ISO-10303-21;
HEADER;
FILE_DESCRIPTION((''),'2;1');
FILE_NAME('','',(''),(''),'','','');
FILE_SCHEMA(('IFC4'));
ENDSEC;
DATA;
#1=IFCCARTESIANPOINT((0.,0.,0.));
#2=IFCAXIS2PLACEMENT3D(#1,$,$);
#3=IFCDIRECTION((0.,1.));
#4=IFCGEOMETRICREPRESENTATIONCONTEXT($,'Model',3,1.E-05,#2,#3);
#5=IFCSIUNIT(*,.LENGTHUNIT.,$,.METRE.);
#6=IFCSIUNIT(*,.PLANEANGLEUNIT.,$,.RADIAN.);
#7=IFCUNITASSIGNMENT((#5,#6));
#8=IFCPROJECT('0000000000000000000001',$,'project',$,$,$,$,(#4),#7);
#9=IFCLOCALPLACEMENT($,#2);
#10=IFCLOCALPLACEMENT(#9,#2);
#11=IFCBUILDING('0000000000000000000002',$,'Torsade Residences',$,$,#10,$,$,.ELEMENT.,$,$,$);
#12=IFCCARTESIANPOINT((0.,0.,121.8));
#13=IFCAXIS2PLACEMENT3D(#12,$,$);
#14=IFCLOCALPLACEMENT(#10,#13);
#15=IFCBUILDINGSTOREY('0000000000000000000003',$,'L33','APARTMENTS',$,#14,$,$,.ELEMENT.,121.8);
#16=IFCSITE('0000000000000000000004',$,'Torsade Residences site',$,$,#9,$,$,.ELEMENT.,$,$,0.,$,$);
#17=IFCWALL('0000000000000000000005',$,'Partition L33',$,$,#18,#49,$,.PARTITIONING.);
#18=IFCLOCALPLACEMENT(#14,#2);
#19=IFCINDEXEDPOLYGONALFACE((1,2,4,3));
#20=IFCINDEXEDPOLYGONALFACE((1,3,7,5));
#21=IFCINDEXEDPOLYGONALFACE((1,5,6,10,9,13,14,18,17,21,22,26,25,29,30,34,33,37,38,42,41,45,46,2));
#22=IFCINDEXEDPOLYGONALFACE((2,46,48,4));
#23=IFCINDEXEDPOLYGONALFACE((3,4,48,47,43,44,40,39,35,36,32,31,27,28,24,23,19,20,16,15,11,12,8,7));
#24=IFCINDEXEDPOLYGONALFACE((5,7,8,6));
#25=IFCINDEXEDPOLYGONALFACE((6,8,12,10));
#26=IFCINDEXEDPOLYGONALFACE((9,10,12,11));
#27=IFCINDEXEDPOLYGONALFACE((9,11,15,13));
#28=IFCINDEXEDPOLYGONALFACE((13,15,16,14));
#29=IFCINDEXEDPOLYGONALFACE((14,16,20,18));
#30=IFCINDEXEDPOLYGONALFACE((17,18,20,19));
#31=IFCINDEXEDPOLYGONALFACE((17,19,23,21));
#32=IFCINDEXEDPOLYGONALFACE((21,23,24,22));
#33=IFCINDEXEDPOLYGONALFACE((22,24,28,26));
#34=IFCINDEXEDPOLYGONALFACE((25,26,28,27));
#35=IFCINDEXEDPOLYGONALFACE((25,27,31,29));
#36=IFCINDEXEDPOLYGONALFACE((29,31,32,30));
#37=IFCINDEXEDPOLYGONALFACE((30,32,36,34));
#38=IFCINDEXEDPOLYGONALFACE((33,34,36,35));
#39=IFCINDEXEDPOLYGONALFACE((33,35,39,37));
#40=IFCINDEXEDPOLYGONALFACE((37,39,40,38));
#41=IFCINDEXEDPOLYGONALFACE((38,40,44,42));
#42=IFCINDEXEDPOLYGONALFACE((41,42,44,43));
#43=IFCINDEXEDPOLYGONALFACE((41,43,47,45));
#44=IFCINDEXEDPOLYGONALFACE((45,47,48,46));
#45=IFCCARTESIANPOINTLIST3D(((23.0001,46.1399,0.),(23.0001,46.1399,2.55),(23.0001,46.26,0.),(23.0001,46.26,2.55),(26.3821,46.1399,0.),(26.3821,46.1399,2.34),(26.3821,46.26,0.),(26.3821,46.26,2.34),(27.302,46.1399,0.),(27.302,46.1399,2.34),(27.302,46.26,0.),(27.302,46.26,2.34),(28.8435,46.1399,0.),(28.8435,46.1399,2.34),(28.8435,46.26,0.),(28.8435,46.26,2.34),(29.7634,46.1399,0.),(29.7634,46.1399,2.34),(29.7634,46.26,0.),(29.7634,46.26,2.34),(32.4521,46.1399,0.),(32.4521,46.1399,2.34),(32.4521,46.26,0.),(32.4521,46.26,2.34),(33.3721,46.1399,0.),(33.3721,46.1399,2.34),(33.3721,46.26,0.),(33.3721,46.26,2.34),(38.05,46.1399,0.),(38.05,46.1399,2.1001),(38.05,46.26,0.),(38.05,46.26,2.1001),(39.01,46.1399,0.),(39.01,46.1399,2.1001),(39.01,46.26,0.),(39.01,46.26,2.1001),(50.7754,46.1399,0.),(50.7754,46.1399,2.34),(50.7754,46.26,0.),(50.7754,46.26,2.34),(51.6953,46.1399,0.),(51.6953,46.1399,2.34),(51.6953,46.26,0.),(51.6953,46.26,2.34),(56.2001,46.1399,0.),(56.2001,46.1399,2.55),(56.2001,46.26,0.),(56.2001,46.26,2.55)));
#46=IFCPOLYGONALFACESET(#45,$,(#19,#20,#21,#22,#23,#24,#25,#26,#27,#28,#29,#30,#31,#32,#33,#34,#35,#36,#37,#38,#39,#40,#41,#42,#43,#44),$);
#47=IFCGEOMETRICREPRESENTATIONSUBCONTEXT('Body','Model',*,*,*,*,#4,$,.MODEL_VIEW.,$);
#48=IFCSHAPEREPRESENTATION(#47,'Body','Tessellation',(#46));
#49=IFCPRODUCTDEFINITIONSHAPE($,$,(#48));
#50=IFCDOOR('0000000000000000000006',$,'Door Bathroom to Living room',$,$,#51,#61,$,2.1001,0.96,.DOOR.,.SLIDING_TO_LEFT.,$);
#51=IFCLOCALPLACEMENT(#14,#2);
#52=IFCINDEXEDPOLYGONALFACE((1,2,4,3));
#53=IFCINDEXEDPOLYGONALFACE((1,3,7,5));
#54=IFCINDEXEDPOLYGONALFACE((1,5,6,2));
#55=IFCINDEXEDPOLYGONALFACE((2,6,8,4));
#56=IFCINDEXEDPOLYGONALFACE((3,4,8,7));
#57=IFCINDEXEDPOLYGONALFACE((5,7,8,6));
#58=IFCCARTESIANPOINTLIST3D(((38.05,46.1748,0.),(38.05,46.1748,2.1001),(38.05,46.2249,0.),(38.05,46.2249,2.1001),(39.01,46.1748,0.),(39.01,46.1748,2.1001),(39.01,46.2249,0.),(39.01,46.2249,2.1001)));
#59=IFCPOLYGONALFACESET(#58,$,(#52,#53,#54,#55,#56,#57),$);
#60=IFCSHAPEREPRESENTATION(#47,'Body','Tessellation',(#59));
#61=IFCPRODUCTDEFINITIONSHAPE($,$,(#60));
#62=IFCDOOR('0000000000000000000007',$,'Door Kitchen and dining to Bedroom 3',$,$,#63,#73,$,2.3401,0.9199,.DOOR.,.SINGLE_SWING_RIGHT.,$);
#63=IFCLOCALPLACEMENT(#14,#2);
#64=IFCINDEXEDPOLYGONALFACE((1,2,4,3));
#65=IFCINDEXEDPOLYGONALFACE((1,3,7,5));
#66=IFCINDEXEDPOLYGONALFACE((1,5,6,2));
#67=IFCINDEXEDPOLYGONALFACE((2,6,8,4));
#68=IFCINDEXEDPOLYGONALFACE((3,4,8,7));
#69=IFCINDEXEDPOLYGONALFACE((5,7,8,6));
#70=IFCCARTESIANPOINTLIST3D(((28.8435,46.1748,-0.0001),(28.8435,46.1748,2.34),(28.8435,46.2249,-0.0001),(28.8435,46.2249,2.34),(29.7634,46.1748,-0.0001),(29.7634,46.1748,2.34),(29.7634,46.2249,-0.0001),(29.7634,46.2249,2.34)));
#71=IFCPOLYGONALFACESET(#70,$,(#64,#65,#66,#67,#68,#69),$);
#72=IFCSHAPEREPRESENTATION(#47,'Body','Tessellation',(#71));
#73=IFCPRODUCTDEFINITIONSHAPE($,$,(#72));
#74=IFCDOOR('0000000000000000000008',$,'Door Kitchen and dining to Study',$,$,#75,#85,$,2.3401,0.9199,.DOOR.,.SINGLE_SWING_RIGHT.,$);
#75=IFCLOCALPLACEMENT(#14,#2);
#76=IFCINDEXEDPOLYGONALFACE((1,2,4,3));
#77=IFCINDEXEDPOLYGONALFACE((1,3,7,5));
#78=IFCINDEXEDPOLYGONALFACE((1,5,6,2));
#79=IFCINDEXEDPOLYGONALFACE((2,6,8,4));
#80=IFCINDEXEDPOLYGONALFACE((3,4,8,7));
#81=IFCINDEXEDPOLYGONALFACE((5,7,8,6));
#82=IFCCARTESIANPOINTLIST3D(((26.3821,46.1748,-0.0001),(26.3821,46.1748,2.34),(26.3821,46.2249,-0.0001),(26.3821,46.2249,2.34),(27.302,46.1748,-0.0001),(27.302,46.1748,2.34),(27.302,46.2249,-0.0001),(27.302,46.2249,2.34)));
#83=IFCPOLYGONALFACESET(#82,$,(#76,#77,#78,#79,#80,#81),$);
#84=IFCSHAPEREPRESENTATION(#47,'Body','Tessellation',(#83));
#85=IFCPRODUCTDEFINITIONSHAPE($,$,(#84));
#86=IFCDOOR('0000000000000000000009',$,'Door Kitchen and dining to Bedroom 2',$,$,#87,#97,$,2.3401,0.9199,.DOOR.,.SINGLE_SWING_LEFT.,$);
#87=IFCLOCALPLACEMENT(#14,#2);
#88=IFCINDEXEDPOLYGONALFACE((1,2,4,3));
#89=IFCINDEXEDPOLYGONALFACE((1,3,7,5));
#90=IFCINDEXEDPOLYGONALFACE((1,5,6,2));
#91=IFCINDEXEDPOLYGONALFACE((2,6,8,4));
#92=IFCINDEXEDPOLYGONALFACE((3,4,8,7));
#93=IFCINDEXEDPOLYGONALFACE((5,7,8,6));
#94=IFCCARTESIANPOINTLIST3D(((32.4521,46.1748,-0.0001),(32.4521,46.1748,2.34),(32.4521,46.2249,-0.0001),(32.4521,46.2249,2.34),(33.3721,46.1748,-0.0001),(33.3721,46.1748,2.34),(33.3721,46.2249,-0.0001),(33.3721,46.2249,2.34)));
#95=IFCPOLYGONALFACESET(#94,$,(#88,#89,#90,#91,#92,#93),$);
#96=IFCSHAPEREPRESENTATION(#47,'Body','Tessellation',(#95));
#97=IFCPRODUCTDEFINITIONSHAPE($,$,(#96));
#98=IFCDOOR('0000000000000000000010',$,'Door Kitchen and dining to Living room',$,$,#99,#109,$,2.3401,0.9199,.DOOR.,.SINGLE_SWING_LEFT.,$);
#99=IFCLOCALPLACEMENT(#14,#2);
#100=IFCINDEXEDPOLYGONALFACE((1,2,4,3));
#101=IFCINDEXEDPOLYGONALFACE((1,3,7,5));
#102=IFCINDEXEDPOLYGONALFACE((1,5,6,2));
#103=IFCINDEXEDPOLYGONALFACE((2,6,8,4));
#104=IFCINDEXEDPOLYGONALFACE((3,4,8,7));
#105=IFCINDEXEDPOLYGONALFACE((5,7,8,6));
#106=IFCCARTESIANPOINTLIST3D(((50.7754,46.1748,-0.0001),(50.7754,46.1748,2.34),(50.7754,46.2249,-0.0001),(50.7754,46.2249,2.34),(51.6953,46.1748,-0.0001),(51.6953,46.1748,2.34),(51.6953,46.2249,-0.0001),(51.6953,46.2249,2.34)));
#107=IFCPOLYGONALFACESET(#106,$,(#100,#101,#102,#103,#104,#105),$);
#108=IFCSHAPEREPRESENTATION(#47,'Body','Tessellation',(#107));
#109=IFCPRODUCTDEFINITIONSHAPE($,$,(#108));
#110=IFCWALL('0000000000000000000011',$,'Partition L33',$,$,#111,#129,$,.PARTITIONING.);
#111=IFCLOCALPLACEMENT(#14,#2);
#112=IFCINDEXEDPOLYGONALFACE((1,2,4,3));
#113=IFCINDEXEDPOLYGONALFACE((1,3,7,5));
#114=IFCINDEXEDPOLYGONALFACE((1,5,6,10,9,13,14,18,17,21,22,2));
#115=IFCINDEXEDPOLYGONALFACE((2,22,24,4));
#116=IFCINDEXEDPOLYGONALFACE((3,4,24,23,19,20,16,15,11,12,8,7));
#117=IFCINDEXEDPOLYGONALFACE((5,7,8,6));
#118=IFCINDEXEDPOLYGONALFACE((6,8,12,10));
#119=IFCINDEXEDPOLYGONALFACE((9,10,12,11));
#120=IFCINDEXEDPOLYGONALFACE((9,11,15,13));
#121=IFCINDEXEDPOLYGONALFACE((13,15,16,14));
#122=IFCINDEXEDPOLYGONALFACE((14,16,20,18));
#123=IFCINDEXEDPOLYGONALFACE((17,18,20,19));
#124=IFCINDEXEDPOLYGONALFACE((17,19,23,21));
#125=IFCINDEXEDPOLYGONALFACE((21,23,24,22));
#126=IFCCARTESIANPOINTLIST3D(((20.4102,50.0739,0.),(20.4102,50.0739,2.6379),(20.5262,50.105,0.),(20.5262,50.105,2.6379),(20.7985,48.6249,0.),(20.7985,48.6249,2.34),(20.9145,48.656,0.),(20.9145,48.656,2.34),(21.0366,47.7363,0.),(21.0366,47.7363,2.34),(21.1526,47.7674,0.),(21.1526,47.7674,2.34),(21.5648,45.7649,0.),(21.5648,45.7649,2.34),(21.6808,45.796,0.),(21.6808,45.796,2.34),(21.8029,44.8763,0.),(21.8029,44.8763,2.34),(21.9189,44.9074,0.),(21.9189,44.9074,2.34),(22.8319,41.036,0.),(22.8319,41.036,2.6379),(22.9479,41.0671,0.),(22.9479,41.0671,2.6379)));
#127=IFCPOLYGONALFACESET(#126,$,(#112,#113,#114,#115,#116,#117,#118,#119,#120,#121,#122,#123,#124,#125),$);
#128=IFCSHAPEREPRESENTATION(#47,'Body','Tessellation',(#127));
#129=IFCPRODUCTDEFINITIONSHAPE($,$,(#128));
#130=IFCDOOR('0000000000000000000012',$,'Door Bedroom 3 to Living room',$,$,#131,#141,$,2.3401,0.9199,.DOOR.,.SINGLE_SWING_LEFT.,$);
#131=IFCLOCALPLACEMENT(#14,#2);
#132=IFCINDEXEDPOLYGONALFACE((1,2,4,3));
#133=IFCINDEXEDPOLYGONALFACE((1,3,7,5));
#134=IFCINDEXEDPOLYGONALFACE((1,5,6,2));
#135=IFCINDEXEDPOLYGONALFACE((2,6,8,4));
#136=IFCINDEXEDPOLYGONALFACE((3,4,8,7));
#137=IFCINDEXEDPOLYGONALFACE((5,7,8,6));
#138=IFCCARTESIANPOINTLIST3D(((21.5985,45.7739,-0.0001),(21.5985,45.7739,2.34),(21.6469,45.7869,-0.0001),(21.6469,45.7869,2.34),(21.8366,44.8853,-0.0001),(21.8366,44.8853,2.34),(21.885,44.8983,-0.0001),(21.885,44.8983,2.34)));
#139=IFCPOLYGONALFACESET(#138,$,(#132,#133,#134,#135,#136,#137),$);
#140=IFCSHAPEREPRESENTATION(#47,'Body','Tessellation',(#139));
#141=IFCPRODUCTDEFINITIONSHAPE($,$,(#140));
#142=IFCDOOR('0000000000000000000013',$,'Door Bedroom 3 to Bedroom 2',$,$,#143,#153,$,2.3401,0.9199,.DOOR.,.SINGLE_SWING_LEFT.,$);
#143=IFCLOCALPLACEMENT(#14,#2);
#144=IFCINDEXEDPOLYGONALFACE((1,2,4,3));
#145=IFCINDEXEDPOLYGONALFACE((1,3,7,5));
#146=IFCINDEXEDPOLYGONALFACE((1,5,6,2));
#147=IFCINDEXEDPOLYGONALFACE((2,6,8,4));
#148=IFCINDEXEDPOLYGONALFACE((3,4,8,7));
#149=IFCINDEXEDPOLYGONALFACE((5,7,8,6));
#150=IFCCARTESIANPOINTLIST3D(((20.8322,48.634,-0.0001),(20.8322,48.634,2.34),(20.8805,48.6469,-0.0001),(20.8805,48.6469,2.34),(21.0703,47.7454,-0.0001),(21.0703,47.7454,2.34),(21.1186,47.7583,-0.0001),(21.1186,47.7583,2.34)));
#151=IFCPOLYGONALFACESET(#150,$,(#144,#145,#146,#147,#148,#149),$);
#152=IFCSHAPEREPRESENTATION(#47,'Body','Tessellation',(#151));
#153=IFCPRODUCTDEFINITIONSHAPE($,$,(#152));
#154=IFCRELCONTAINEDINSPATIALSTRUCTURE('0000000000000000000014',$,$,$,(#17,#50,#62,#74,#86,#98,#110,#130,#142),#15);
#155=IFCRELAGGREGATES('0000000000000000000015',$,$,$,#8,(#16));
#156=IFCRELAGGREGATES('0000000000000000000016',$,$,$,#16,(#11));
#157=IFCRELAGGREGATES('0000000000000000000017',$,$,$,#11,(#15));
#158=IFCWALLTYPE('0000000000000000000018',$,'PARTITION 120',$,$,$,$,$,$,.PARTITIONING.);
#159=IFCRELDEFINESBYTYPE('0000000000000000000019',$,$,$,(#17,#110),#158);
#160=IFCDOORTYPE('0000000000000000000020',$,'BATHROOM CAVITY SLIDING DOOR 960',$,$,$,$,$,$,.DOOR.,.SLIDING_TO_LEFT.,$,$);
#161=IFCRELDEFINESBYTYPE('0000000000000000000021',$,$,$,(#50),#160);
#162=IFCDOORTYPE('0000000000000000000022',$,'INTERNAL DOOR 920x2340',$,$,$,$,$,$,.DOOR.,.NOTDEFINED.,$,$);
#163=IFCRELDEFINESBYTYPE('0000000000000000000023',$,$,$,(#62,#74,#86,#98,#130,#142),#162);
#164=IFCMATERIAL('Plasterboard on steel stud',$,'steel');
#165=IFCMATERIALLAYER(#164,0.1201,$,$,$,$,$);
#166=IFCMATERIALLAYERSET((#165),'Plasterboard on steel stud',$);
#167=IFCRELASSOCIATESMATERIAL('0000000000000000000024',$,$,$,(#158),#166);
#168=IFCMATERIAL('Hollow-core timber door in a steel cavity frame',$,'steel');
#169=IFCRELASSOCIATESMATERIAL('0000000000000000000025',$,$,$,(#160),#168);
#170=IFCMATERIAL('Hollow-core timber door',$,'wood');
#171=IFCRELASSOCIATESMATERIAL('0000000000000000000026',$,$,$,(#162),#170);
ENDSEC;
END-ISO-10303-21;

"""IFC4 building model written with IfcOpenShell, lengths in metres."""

from ifc_helpers import new_model, si_unit, direction, frame, frame_2d, origin, place, context, subcontext, project, spatial, rectangle, extrude, material, layer, layer_set, type_object, element, fill, save


model = new_model("IFC4")

# Units and contexts
model_context = context("Model", 3, precision=1e-05, world=origin(), true_north=direction((0.0, 1.0)))
body_context = subcontext(model_context, "Body", "Model", "MODEL_VIEW")
ifc_project = project(units=[si_unit("LENGTHUNIT", "METRE"), si_unit("PLANEANGLEUNIT", "RADIAN")], contexts=[model_context])

# Site, building, storey
site_placement = place(None, origin())
site = spatial("IfcSite", under=ifc_project, at=site_placement, Name="Torsade Residences site", CompositionType="ELEMENT", RefElevation=0.0)
building_placement = place(site_placement, origin())
building = spatial("IfcBuilding", under=site, at=building_placement, Name="Torsade Residences", CompositionType="ELEMENT")
storey_placement = place(building_placement, frame((0.0, 0.0, 121.8)))
storey = spatial("IfcBuildingStorey", under=building, at=storey_placement, Name="L33", Description="APARTMENTS", CompositionType="ELEMENT", Elevation=121.8)

# Walls, openings, doors
ifc_material_1 = material(Name="Plasterboard on steel stud", Category="steel")
ifc_layer_1 = layer(ifc_material_1, 0.1201)
ifc_layer_set_1 = layer_set([ifc_layer_1], Name="Plasterboard on steel stud")
wall_type_1 = type_object("IfcWallType", Name="PARTITION 120", PredefinedType="PARTITIONING", material=ifc_layer_set_1)
wall_1_placement = place(storey_placement, frame((23.0, 46.2, 0.0), z_axis=(0.0, 0.0, 1.0), x_axis=(1.0, 0.0, 0.0)))
wall_1 = element("IfcWall", 1, at=wall_1_placement, inside=storey, type_object=wall_type_1, Name="Partition L33", PredefinedType="PARTITIONING", context=body_context, shape_type="SweptSolid", body=[
    extrude(rectangle(XDim=33.2, YDim=0.1201, at=frame_2d((16.6001, 0.0))), origin(), (0.0, 0.0, 1.0), 2.55),
])
opening_1_placement = place(wall_1_placement, frame((5.8435, 0.0, 0.0)))
opening_1 = element("IfcOpeningElement", 2, at=opening_1_placement, cuts=wall_1, PredefinedType="OPENING", context=body_context, shape_type="SweptSolid", body=[
    extrude(rectangle(XDim=0.9199, YDim=2.3401, at=frame_2d((0.46, 1.1699))), frame((0.0, 0.0701, 0.0), z_axis=(0.0, -1.0, 0.0), x_axis=(1.0, 0.0, 0.0)), (0.0, 0.0, 1.0), 0.1401),
])
opening_2_placement = place(wall_1_placement, frame((3.3821, 0.0, 0.0)))
opening_2 = element("IfcOpeningElement", 3, at=opening_2_placement, cuts=wall_1, PredefinedType="OPENING", context=body_context, shape_type="SweptSolid", body=[
    extrude(rectangle(XDim=0.9199, YDim=2.3401, at=frame_2d((0.46, 1.1699))), frame((0.0, 0.0701, 0.0), z_axis=(0.0, -1.0, 0.0), x_axis=(1.0, 0.0, 0.0)), (0.0, 0.0, 1.0), 0.1401),
])
opening_3_placement = place(wall_1_placement, frame((9.4521, 0.0, 0.0)))
opening_3 = element("IfcOpeningElement", 4, at=opening_3_placement, cuts=wall_1, PredefinedType="OPENING", context=body_context, shape_type="SweptSolid", body=[
    extrude(rectangle(XDim=0.9199, YDim=2.3401, at=frame_2d((0.46, 1.1699))), frame((0.0, 0.0701, 0.0), z_axis=(0.0, -1.0, 0.0), x_axis=(1.0, 0.0, 0.0)), (0.0, 0.0, 1.0), 0.1401),
])
opening_4_placement = place(wall_1_placement, frame((27.7754, 0.0, 0.0)))
opening_4 = element("IfcOpeningElement", 5, at=opening_4_placement, cuts=wall_1, PredefinedType="OPENING", context=body_context, shape_type="SweptSolid", body=[
    extrude(rectangle(XDim=0.9199, YDim=2.3401, at=frame_2d((0.46, 1.1699))), frame((0.0, 0.0701, 0.0), z_axis=(0.0, -1.0, 0.0), x_axis=(1.0, 0.0, 0.0)), (0.0, 0.0, 1.0), 0.1401),
])
opening_5_placement = place(wall_1_placement, frame((15.05, 0.0, 0.0)))
opening_5 = element("IfcOpeningElement", 6, at=opening_5_placement, cuts=wall_1, PredefinedType="OPENING", context=body_context, shape_type="SweptSolid", body=[
    extrude(rectangle(XDim=0.96, YDim=2.1001, at=frame_2d((0.48, 1.05))), frame((0.0, 0.0701, 0.0), z_axis=(0.0, -1.0, 0.0), x_axis=(1.0, 0.0, 0.0)), (0.0, 0.0, 1.0), 0.1401),
])
ifc_material_2 = material(Name="Hollow-core timber door in a steel cavity frame", Category="steel")
door_type_1 = type_object("IfcDoorType", Name="BATHROOM CAVITY SLIDING DOOR 960", OperationType="SLIDING_TO_LEFT", PredefinedType="DOOR", material=ifc_material_2)
door_1_placement = place(opening_5_placement, origin())
door_1 = element("IfcDoor", 7, at=door_1_placement, inside=storey, type_object=door_type_1, Name="Door Bathroom to Living room", OperationType="SLIDING_TO_LEFT", OverallHeight=2.1001, OverallWidth=0.96, PredefinedType="DOOR", context=body_context, shape_type="SweptSolid", body=[
    extrude(rectangle(XDim=0.96, YDim=2.1001, at=frame_2d((0.48, 1.05))), frame((0.0, 0.0249, 0.0), z_axis=(0.0, -1.0, 0.0), x_axis=(1.0, 0.0, 0.0)), (0.0, 0.0, 1.0), 0.05),
])
fill(opening_5, door_1)
ifc_material_3 = material(Name="Hollow-core timber door", Category="wood")
door_type_2 = type_object("IfcDoorType", Name="INTERNAL DOOR 920x2340", OperationType="NOTDEFINED", PredefinedType="DOOR", material=ifc_material_3)
door_2_placement = place(opening_1_placement, origin())
door_2 = element("IfcDoor", 8, at=door_2_placement, inside=storey, type_object=door_type_2, Name="Door Kitchen and dining to Bedroom 3", OperationType="SINGLE_SWING_RIGHT", OverallHeight=2.3401, OverallWidth=0.9199, PredefinedType="DOOR", context=body_context, shape_type="SweptSolid", body=[
    extrude(rectangle(XDim=0.9199, YDim=2.3401, at=frame_2d((0.46, 1.1699))), frame((0.0, 0.0249, 0.0), z_axis=(0.0, -1.0, 0.0), x_axis=(1.0, 0.0, 0.0)), (0.0, 0.0, 1.0), 0.05),
])
fill(opening_1, door_2)
door_3_placement = place(opening_2_placement, origin())
door_3 = element("IfcDoor", 9, at=door_3_placement, inside=storey, type_object=door_type_2, Name="Door Kitchen and dining to Study", OperationType="SINGLE_SWING_RIGHT", OverallHeight=2.3401, OverallWidth=0.9199, PredefinedType="DOOR", context=body_context, shape_type="SweptSolid", body=[
    extrude(rectangle(XDim=0.9199, YDim=2.3401, at=frame_2d((0.46, 1.1699))), frame((0.0, 0.0249, 0.0), z_axis=(0.0, -1.0, 0.0), x_axis=(1.0, 0.0, 0.0)), (0.0, 0.0, 1.0), 0.05),
])
fill(opening_2, door_3)
door_4_placement = place(opening_3_placement, origin())
door_4 = element("IfcDoor", 10, at=door_4_placement, inside=storey, type_object=door_type_2, Name="Door Kitchen and dining to Bedroom 2", OperationType="SINGLE_SWING_LEFT", OverallHeight=2.3401, OverallWidth=0.9199, PredefinedType="DOOR", context=body_context, shape_type="SweptSolid", body=[
    extrude(rectangle(XDim=0.9199, YDim=2.3401, at=frame_2d((0.46, 1.1699))), frame((0.0, 0.0249, 0.0), z_axis=(0.0, -1.0, 0.0), x_axis=(1.0, 0.0, 0.0)), (0.0, 0.0, 1.0), 0.05),
])
fill(opening_3, door_4)
door_5_placement = place(opening_4_placement, origin())
door_5 = element("IfcDoor", 11, at=door_5_placement, inside=storey, type_object=door_type_2, Name="Door Kitchen and dining to Living room", OperationType="SINGLE_SWING_LEFT", OverallHeight=2.3401, OverallWidth=0.9199, PredefinedType="DOOR", context=body_context, shape_type="SweptSolid", body=[
    extrude(rectangle(XDim=0.9199, YDim=2.3401, at=frame_2d((0.46, 1.1699))), frame((0.0, 0.0249, 0.0), z_axis=(0.0, -1.0, 0.0), x_axis=(1.0, 0.0, 0.0)), (0.0, 0.0, 1.0), 0.05),
])
fill(opening_4, door_5)
wall_2_placement = place(storey_placement, frame((20.4683, 50.0894, 0.0), z_axis=(0.0, 0.0, 1.0), x_axis=(0.258814, -0.965927, 0.0)))
wall_2 = element("IfcWall", 12, at=wall_2_placement, inside=storey, type_object=wall_type_1, Name="Partition L33", PredefinedType="PARTITIONING", context=body_context, shape_type="SweptSolid", body=[
    extrude(rectangle(XDim=9.3567, YDim=0.1201, at=frame_2d((4.6782, 0.0))), origin(), (0.0, 0.0, 1.0), 2.6379),
])
opening_6_placement = place(wall_2_placement, frame((4.4609, 0.0, 0.0)))
opening_6 = element("IfcOpeningElement", 13, at=opening_6_placement, cuts=wall_2, PredefinedType="OPENING", context=body_context, shape_type="SweptSolid", body=[
    extrude(rectangle(XDim=0.9199, YDim=2.3401, at=frame_2d((0.46, 1.1699))), frame((0.0, 0.0701, 0.0), z_axis=(0.0, -1.0, 0.0), x_axis=(1.0, 0.0, 0.0)), (0.0, 0.0, 1.0), 0.1401),
])
opening_7_placement = place(wall_2_placement, frame((1.5, 0.0, 0.0)))
opening_7 = element("IfcOpeningElement", 14, at=opening_7_placement, cuts=wall_2, PredefinedType="OPENING", context=body_context, shape_type="SweptSolid", body=[
    extrude(rectangle(XDim=0.9199, YDim=2.3401, at=frame_2d((0.46, 1.1699))), frame((0.0, 0.0701, 0.0), z_axis=(0.0, -1.0, 0.0), x_axis=(1.0, 0.0, 0.0)), (0.0, 0.0, 1.0), 0.1401),
])
door_6_placement = place(opening_6_placement, origin())
door_6 = element("IfcDoor", 15, at=door_6_placement, inside=storey, type_object=door_type_2, Name="Door Bedroom 3 to Living room", OperationType="SINGLE_SWING_LEFT", OverallHeight=2.3401, OverallWidth=0.9199, PredefinedType="DOOR", context=body_context, shape_type="SweptSolid", body=[
    extrude(rectangle(XDim=0.9199, YDim=2.3401, at=frame_2d((0.46, 1.1699))), frame((0.0, 0.0249, 0.0), z_axis=(0.0, -1.0, 0.0), x_axis=(1.0, 0.0, 0.0)), (0.0, 0.0, 1.0), 0.05),
])
fill(opening_6, door_6)
door_7_placement = place(opening_7_placement, origin())
door_7 = element("IfcDoor", 16, at=door_7_placement, inside=storey, type_object=door_type_2, Name="Door Bedroom 3 to Bedroom 2", OperationType="SINGLE_SWING_LEFT", OverallHeight=2.3401, OverallWidth=0.9199, PredefinedType="DOOR", context=body_context, shape_type="SweptSolid", body=[
    extrude(rectangle(XDim=0.9199, YDim=2.3401, at=frame_2d((0.46, 1.1699))), frame((0.0, 0.0249, 0.0), z_axis=(0.0, -1.0, 0.0), x_axis=(1.0, 0.0, 0.0)), (0.0, 0.0, 1.0), 0.05),
])
fill(opening_7, door_7)

save(model, "model.ifc")
